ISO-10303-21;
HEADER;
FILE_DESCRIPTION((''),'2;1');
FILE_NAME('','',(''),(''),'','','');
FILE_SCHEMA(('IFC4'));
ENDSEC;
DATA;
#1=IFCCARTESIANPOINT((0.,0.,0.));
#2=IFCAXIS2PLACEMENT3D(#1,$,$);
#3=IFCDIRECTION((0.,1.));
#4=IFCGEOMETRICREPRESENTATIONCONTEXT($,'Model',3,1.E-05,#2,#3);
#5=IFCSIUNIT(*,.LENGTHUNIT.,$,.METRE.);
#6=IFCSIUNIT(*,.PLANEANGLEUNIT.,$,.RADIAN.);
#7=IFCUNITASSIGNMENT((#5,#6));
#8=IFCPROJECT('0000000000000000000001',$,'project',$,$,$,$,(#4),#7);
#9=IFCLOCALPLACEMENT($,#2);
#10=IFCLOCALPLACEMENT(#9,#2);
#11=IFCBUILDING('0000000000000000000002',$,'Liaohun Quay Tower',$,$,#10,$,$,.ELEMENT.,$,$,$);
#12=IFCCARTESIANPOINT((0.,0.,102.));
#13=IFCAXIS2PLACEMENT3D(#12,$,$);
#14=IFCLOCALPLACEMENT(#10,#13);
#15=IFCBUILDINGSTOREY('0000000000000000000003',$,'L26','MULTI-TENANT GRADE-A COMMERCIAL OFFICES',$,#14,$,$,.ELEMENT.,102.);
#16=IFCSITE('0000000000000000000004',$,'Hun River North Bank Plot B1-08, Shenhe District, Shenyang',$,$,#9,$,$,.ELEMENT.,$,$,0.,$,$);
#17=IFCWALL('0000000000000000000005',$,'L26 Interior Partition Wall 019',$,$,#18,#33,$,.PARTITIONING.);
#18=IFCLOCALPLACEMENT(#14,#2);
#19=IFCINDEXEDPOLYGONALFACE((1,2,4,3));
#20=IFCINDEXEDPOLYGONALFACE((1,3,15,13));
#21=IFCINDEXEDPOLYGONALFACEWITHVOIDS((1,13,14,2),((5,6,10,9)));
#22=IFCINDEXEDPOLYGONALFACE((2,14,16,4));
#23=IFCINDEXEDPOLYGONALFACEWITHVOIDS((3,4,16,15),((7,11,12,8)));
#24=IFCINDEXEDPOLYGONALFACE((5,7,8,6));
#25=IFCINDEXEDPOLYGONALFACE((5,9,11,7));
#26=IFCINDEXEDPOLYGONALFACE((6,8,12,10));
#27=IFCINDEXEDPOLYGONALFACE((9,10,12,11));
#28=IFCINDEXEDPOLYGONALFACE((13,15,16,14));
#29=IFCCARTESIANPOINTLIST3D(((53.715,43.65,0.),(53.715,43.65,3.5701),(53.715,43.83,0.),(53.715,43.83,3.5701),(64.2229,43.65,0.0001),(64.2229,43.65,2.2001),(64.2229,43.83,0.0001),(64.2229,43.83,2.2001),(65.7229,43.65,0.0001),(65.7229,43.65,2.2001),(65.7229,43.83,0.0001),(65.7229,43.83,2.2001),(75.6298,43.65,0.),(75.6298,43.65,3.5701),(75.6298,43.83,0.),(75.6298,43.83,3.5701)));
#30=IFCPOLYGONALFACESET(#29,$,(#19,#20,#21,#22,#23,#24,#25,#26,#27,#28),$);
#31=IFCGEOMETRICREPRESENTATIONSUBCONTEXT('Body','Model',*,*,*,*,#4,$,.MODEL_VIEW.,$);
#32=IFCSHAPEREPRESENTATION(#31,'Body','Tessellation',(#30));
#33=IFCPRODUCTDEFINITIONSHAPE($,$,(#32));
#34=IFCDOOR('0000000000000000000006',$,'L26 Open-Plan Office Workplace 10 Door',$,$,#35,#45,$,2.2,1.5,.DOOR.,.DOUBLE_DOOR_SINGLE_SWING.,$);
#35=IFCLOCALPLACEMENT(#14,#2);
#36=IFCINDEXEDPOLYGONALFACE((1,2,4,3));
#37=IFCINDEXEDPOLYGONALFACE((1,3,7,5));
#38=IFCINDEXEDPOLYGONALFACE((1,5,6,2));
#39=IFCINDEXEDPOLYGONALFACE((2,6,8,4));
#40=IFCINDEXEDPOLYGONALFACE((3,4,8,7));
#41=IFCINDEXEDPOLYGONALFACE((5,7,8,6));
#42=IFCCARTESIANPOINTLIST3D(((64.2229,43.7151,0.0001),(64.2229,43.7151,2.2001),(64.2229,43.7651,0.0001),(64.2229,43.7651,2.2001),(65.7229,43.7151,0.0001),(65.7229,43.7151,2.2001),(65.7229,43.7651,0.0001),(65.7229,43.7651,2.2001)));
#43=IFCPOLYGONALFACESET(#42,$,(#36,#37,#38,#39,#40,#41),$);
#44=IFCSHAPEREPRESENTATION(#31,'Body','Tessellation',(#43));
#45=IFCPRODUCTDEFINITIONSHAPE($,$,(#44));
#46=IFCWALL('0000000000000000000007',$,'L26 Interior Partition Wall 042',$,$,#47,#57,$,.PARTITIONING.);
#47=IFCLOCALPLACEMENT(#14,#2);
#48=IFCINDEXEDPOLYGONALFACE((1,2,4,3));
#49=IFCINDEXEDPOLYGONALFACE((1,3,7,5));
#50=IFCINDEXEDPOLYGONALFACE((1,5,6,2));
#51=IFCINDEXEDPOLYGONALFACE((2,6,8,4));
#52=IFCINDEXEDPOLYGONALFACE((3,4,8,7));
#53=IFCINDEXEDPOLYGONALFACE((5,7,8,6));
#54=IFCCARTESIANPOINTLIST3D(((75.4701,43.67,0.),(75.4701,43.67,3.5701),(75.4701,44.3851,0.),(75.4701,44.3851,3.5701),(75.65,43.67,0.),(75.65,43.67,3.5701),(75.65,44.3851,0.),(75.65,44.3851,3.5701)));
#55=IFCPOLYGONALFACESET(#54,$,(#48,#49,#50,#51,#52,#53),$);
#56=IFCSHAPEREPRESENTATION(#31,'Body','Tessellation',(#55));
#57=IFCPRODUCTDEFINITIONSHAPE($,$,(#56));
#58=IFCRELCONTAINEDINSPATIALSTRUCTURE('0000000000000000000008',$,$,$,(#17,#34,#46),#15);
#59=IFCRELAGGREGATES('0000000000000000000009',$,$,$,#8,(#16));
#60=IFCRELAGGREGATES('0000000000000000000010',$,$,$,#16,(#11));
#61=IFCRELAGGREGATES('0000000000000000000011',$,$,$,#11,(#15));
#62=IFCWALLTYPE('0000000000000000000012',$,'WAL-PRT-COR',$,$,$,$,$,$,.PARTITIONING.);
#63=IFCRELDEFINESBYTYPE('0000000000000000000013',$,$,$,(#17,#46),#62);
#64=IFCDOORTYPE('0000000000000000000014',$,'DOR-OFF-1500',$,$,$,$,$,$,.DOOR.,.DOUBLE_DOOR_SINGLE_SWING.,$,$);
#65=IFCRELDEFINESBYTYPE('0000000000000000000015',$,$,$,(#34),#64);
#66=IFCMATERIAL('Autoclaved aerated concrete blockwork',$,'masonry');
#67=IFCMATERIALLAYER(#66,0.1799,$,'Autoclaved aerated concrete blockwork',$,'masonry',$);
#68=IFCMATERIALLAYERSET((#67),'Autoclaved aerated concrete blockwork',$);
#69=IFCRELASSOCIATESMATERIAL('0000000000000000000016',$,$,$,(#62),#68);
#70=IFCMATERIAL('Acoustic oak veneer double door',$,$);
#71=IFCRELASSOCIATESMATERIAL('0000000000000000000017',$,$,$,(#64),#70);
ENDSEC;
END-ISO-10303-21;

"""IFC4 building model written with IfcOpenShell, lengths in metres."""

from ifc_helpers import new_model, si_unit, direction, frame, frame_2d, origin, place, context, subcontext, project, spatial, rectangle, extrude, source, transform, mapped, material, layer, layer_set, type_object, element, fill, save


model = new_model("IFC4")

# Units and contexts
model_context = context("Model", 3, precision=1e-05, world=origin(), true_north=direction((0.0, 1.0)))
body_context = subcontext(model_context, "Body", "Model", "MODEL_VIEW")
ifc_project = project(units=[si_unit("LENGTHUNIT", "METRE"), si_unit("PLANEANGLEUNIT", "RADIAN")], contexts=[model_context])

# Site, building, storey
site_placement = place(None, origin())
site = spatial("IfcSite", under=ifc_project, at=site_placement, Name="Hun River North Bank Plot B1-08, Shenhe District, Shenyang", CompositionType="ELEMENT", RefElevation=0.0)
building_placement = place(site_placement, origin())
building = spatial("IfcBuilding", under=site, at=building_placement, Name="Liaohun Quay Tower", CompositionType="ELEMENT")
storey_placement = place(building_placement, frame((0.0, 0.0, 102.0)))
storey = spatial("IfcBuildingStorey", under=building, at=storey_placement, Name="L26", Description="MULTI-TENANT GRADE-A COMMERCIAL OFFICES", CompositionType="ELEMENT", Elevation=102.0)

# Wall, opening, door
ifc_material_1 = material(Name="Autoclaved aerated concrete blockwork", Category="masonry")
ifc_layer_1 = layer(ifc_material_1, 0.1799, Name="Autoclaved aerated concrete blockwork", Category="masonry")
ifc_layer_set_1 = layer_set([ifc_layer_1], Name="Autoclaved aerated concrete blockwork")
wall_type_1 = type_object("IfcWallType", Name="WAL-PRT-COR", PredefinedType="PARTITIONING", material=ifc_layer_set_1)
wall_1_placement = place(storey_placement, frame((75.6299, 43.74, 0.0), z_axis=(0.0, 0.0, 1.0), x_axis=(-1.0, 0.0, 0.0)))
wall_1 = element("IfcWall", 1, at=wall_1_placement, inside=storey, type_object=wall_type_1, Name="L26 Interior Partition Wall 019", PredefinedType="PARTITIONING", context=body_context, shape_type="SweptSolid", body=[
    extrude(rectangle(XDim=21.9148, YDim=0.1799, at=frame_2d((10.9575, 0.0))), origin(), (0.0, 0.0, 1.0), 3.5701),
])
shared_shape_1 = source(origin(), body_context, "Body", "SweptSolid", [
    extrude(rectangle(XDim=1.5, YDim=2.2, at=frame_2d((0.75, 1.1001))), frame((0.0, 0.0999, 0.0), z_axis=(0.0, -1.0, 0.0), x_axis=(1.0, 0.0, 0.0)), (0.0, 0.0, 1.0), 0.2),
])
opening_1_placement = place(wall_1_placement, frame((9.907, 0.0, 0.0)))
opening_1 = element("IfcOpeningElement", 2, at=opening_1_placement, cuts=wall_1, PredefinedType="OPENING", context=body_context, shape_type="MappedRepresentation", body=[
    mapped(shared_shape_1, transform((0.0, 0.0, 0.0), x_axis=(1.0, 0.0, 0.0), y_axis=(0.0, 1.0, 0.0), z_axis=(0.0, 0.0, 1.0), scale=1.0)),
])
ifc_material_2 = material(Name="Acoustic oak veneer double door")
door_type = type_object("IfcDoorType", Name="DOR-OFF-1500", OperationType="DOUBLE_DOOR_SINGLE_SWING", PredefinedType="DOOR", material=ifc_material_2)
shared_shape_2 = source(origin(), body_context, "Body", "SweptSolid", [
    extrude(rectangle(XDim=1.5, YDim=2.2, at=frame_2d((0.75, 1.1001))), frame((0.0, 0.0249, 0.0), z_axis=(0.0, -1.0, 0.0), x_axis=(1.0, 0.0, 0.0)), (0.0, 0.0, 1.0), 0.05),
])
door_placement = place(opening_1_placement, origin())
door = element("IfcDoor", 3, at=door_placement, inside=storey, type_object=door_type, Name="L26 Open-Plan Office Workplace 10 Door", OperationType="DOUBLE_DOOR_SINGLE_SWING", OverallHeight=2.2, OverallWidth=1.5, PredefinedType="DOOR", context=body_context, shape_type="MappedRepresentation", body=[
    mapped(shared_shape_2, transform((0.0, 0.0, 0.0), x_axis=(1.0, 0.0, 0.0), y_axis=(0.0, 1.0, 0.0), z_axis=(0.0, 0.0, 1.0), scale=1.0)),
])
fill(opening_1, door)

# Wall
wall_2_placement = place(storey_placement, frame((75.5601, 44.385, 0.0), z_axis=(0.0, 0.0, 1.0), x_axis=(0.0, -1.0, 0.0)))
element("IfcWall", 4, at=wall_2_placement, inside=storey, type_object=wall_type_1, Name="L26 Interior Partition Wall 042", PredefinedType="PARTITIONING", context=body_context, shape_type="SweptSolid", body=[
    extrude(rectangle(XDim=0.7151, YDim=0.1799, at=frame_2d((0.3574, 0.0))), origin(), (0.0, 0.0, 1.0), 3.5701),
])

save(model, "model.ifc")
